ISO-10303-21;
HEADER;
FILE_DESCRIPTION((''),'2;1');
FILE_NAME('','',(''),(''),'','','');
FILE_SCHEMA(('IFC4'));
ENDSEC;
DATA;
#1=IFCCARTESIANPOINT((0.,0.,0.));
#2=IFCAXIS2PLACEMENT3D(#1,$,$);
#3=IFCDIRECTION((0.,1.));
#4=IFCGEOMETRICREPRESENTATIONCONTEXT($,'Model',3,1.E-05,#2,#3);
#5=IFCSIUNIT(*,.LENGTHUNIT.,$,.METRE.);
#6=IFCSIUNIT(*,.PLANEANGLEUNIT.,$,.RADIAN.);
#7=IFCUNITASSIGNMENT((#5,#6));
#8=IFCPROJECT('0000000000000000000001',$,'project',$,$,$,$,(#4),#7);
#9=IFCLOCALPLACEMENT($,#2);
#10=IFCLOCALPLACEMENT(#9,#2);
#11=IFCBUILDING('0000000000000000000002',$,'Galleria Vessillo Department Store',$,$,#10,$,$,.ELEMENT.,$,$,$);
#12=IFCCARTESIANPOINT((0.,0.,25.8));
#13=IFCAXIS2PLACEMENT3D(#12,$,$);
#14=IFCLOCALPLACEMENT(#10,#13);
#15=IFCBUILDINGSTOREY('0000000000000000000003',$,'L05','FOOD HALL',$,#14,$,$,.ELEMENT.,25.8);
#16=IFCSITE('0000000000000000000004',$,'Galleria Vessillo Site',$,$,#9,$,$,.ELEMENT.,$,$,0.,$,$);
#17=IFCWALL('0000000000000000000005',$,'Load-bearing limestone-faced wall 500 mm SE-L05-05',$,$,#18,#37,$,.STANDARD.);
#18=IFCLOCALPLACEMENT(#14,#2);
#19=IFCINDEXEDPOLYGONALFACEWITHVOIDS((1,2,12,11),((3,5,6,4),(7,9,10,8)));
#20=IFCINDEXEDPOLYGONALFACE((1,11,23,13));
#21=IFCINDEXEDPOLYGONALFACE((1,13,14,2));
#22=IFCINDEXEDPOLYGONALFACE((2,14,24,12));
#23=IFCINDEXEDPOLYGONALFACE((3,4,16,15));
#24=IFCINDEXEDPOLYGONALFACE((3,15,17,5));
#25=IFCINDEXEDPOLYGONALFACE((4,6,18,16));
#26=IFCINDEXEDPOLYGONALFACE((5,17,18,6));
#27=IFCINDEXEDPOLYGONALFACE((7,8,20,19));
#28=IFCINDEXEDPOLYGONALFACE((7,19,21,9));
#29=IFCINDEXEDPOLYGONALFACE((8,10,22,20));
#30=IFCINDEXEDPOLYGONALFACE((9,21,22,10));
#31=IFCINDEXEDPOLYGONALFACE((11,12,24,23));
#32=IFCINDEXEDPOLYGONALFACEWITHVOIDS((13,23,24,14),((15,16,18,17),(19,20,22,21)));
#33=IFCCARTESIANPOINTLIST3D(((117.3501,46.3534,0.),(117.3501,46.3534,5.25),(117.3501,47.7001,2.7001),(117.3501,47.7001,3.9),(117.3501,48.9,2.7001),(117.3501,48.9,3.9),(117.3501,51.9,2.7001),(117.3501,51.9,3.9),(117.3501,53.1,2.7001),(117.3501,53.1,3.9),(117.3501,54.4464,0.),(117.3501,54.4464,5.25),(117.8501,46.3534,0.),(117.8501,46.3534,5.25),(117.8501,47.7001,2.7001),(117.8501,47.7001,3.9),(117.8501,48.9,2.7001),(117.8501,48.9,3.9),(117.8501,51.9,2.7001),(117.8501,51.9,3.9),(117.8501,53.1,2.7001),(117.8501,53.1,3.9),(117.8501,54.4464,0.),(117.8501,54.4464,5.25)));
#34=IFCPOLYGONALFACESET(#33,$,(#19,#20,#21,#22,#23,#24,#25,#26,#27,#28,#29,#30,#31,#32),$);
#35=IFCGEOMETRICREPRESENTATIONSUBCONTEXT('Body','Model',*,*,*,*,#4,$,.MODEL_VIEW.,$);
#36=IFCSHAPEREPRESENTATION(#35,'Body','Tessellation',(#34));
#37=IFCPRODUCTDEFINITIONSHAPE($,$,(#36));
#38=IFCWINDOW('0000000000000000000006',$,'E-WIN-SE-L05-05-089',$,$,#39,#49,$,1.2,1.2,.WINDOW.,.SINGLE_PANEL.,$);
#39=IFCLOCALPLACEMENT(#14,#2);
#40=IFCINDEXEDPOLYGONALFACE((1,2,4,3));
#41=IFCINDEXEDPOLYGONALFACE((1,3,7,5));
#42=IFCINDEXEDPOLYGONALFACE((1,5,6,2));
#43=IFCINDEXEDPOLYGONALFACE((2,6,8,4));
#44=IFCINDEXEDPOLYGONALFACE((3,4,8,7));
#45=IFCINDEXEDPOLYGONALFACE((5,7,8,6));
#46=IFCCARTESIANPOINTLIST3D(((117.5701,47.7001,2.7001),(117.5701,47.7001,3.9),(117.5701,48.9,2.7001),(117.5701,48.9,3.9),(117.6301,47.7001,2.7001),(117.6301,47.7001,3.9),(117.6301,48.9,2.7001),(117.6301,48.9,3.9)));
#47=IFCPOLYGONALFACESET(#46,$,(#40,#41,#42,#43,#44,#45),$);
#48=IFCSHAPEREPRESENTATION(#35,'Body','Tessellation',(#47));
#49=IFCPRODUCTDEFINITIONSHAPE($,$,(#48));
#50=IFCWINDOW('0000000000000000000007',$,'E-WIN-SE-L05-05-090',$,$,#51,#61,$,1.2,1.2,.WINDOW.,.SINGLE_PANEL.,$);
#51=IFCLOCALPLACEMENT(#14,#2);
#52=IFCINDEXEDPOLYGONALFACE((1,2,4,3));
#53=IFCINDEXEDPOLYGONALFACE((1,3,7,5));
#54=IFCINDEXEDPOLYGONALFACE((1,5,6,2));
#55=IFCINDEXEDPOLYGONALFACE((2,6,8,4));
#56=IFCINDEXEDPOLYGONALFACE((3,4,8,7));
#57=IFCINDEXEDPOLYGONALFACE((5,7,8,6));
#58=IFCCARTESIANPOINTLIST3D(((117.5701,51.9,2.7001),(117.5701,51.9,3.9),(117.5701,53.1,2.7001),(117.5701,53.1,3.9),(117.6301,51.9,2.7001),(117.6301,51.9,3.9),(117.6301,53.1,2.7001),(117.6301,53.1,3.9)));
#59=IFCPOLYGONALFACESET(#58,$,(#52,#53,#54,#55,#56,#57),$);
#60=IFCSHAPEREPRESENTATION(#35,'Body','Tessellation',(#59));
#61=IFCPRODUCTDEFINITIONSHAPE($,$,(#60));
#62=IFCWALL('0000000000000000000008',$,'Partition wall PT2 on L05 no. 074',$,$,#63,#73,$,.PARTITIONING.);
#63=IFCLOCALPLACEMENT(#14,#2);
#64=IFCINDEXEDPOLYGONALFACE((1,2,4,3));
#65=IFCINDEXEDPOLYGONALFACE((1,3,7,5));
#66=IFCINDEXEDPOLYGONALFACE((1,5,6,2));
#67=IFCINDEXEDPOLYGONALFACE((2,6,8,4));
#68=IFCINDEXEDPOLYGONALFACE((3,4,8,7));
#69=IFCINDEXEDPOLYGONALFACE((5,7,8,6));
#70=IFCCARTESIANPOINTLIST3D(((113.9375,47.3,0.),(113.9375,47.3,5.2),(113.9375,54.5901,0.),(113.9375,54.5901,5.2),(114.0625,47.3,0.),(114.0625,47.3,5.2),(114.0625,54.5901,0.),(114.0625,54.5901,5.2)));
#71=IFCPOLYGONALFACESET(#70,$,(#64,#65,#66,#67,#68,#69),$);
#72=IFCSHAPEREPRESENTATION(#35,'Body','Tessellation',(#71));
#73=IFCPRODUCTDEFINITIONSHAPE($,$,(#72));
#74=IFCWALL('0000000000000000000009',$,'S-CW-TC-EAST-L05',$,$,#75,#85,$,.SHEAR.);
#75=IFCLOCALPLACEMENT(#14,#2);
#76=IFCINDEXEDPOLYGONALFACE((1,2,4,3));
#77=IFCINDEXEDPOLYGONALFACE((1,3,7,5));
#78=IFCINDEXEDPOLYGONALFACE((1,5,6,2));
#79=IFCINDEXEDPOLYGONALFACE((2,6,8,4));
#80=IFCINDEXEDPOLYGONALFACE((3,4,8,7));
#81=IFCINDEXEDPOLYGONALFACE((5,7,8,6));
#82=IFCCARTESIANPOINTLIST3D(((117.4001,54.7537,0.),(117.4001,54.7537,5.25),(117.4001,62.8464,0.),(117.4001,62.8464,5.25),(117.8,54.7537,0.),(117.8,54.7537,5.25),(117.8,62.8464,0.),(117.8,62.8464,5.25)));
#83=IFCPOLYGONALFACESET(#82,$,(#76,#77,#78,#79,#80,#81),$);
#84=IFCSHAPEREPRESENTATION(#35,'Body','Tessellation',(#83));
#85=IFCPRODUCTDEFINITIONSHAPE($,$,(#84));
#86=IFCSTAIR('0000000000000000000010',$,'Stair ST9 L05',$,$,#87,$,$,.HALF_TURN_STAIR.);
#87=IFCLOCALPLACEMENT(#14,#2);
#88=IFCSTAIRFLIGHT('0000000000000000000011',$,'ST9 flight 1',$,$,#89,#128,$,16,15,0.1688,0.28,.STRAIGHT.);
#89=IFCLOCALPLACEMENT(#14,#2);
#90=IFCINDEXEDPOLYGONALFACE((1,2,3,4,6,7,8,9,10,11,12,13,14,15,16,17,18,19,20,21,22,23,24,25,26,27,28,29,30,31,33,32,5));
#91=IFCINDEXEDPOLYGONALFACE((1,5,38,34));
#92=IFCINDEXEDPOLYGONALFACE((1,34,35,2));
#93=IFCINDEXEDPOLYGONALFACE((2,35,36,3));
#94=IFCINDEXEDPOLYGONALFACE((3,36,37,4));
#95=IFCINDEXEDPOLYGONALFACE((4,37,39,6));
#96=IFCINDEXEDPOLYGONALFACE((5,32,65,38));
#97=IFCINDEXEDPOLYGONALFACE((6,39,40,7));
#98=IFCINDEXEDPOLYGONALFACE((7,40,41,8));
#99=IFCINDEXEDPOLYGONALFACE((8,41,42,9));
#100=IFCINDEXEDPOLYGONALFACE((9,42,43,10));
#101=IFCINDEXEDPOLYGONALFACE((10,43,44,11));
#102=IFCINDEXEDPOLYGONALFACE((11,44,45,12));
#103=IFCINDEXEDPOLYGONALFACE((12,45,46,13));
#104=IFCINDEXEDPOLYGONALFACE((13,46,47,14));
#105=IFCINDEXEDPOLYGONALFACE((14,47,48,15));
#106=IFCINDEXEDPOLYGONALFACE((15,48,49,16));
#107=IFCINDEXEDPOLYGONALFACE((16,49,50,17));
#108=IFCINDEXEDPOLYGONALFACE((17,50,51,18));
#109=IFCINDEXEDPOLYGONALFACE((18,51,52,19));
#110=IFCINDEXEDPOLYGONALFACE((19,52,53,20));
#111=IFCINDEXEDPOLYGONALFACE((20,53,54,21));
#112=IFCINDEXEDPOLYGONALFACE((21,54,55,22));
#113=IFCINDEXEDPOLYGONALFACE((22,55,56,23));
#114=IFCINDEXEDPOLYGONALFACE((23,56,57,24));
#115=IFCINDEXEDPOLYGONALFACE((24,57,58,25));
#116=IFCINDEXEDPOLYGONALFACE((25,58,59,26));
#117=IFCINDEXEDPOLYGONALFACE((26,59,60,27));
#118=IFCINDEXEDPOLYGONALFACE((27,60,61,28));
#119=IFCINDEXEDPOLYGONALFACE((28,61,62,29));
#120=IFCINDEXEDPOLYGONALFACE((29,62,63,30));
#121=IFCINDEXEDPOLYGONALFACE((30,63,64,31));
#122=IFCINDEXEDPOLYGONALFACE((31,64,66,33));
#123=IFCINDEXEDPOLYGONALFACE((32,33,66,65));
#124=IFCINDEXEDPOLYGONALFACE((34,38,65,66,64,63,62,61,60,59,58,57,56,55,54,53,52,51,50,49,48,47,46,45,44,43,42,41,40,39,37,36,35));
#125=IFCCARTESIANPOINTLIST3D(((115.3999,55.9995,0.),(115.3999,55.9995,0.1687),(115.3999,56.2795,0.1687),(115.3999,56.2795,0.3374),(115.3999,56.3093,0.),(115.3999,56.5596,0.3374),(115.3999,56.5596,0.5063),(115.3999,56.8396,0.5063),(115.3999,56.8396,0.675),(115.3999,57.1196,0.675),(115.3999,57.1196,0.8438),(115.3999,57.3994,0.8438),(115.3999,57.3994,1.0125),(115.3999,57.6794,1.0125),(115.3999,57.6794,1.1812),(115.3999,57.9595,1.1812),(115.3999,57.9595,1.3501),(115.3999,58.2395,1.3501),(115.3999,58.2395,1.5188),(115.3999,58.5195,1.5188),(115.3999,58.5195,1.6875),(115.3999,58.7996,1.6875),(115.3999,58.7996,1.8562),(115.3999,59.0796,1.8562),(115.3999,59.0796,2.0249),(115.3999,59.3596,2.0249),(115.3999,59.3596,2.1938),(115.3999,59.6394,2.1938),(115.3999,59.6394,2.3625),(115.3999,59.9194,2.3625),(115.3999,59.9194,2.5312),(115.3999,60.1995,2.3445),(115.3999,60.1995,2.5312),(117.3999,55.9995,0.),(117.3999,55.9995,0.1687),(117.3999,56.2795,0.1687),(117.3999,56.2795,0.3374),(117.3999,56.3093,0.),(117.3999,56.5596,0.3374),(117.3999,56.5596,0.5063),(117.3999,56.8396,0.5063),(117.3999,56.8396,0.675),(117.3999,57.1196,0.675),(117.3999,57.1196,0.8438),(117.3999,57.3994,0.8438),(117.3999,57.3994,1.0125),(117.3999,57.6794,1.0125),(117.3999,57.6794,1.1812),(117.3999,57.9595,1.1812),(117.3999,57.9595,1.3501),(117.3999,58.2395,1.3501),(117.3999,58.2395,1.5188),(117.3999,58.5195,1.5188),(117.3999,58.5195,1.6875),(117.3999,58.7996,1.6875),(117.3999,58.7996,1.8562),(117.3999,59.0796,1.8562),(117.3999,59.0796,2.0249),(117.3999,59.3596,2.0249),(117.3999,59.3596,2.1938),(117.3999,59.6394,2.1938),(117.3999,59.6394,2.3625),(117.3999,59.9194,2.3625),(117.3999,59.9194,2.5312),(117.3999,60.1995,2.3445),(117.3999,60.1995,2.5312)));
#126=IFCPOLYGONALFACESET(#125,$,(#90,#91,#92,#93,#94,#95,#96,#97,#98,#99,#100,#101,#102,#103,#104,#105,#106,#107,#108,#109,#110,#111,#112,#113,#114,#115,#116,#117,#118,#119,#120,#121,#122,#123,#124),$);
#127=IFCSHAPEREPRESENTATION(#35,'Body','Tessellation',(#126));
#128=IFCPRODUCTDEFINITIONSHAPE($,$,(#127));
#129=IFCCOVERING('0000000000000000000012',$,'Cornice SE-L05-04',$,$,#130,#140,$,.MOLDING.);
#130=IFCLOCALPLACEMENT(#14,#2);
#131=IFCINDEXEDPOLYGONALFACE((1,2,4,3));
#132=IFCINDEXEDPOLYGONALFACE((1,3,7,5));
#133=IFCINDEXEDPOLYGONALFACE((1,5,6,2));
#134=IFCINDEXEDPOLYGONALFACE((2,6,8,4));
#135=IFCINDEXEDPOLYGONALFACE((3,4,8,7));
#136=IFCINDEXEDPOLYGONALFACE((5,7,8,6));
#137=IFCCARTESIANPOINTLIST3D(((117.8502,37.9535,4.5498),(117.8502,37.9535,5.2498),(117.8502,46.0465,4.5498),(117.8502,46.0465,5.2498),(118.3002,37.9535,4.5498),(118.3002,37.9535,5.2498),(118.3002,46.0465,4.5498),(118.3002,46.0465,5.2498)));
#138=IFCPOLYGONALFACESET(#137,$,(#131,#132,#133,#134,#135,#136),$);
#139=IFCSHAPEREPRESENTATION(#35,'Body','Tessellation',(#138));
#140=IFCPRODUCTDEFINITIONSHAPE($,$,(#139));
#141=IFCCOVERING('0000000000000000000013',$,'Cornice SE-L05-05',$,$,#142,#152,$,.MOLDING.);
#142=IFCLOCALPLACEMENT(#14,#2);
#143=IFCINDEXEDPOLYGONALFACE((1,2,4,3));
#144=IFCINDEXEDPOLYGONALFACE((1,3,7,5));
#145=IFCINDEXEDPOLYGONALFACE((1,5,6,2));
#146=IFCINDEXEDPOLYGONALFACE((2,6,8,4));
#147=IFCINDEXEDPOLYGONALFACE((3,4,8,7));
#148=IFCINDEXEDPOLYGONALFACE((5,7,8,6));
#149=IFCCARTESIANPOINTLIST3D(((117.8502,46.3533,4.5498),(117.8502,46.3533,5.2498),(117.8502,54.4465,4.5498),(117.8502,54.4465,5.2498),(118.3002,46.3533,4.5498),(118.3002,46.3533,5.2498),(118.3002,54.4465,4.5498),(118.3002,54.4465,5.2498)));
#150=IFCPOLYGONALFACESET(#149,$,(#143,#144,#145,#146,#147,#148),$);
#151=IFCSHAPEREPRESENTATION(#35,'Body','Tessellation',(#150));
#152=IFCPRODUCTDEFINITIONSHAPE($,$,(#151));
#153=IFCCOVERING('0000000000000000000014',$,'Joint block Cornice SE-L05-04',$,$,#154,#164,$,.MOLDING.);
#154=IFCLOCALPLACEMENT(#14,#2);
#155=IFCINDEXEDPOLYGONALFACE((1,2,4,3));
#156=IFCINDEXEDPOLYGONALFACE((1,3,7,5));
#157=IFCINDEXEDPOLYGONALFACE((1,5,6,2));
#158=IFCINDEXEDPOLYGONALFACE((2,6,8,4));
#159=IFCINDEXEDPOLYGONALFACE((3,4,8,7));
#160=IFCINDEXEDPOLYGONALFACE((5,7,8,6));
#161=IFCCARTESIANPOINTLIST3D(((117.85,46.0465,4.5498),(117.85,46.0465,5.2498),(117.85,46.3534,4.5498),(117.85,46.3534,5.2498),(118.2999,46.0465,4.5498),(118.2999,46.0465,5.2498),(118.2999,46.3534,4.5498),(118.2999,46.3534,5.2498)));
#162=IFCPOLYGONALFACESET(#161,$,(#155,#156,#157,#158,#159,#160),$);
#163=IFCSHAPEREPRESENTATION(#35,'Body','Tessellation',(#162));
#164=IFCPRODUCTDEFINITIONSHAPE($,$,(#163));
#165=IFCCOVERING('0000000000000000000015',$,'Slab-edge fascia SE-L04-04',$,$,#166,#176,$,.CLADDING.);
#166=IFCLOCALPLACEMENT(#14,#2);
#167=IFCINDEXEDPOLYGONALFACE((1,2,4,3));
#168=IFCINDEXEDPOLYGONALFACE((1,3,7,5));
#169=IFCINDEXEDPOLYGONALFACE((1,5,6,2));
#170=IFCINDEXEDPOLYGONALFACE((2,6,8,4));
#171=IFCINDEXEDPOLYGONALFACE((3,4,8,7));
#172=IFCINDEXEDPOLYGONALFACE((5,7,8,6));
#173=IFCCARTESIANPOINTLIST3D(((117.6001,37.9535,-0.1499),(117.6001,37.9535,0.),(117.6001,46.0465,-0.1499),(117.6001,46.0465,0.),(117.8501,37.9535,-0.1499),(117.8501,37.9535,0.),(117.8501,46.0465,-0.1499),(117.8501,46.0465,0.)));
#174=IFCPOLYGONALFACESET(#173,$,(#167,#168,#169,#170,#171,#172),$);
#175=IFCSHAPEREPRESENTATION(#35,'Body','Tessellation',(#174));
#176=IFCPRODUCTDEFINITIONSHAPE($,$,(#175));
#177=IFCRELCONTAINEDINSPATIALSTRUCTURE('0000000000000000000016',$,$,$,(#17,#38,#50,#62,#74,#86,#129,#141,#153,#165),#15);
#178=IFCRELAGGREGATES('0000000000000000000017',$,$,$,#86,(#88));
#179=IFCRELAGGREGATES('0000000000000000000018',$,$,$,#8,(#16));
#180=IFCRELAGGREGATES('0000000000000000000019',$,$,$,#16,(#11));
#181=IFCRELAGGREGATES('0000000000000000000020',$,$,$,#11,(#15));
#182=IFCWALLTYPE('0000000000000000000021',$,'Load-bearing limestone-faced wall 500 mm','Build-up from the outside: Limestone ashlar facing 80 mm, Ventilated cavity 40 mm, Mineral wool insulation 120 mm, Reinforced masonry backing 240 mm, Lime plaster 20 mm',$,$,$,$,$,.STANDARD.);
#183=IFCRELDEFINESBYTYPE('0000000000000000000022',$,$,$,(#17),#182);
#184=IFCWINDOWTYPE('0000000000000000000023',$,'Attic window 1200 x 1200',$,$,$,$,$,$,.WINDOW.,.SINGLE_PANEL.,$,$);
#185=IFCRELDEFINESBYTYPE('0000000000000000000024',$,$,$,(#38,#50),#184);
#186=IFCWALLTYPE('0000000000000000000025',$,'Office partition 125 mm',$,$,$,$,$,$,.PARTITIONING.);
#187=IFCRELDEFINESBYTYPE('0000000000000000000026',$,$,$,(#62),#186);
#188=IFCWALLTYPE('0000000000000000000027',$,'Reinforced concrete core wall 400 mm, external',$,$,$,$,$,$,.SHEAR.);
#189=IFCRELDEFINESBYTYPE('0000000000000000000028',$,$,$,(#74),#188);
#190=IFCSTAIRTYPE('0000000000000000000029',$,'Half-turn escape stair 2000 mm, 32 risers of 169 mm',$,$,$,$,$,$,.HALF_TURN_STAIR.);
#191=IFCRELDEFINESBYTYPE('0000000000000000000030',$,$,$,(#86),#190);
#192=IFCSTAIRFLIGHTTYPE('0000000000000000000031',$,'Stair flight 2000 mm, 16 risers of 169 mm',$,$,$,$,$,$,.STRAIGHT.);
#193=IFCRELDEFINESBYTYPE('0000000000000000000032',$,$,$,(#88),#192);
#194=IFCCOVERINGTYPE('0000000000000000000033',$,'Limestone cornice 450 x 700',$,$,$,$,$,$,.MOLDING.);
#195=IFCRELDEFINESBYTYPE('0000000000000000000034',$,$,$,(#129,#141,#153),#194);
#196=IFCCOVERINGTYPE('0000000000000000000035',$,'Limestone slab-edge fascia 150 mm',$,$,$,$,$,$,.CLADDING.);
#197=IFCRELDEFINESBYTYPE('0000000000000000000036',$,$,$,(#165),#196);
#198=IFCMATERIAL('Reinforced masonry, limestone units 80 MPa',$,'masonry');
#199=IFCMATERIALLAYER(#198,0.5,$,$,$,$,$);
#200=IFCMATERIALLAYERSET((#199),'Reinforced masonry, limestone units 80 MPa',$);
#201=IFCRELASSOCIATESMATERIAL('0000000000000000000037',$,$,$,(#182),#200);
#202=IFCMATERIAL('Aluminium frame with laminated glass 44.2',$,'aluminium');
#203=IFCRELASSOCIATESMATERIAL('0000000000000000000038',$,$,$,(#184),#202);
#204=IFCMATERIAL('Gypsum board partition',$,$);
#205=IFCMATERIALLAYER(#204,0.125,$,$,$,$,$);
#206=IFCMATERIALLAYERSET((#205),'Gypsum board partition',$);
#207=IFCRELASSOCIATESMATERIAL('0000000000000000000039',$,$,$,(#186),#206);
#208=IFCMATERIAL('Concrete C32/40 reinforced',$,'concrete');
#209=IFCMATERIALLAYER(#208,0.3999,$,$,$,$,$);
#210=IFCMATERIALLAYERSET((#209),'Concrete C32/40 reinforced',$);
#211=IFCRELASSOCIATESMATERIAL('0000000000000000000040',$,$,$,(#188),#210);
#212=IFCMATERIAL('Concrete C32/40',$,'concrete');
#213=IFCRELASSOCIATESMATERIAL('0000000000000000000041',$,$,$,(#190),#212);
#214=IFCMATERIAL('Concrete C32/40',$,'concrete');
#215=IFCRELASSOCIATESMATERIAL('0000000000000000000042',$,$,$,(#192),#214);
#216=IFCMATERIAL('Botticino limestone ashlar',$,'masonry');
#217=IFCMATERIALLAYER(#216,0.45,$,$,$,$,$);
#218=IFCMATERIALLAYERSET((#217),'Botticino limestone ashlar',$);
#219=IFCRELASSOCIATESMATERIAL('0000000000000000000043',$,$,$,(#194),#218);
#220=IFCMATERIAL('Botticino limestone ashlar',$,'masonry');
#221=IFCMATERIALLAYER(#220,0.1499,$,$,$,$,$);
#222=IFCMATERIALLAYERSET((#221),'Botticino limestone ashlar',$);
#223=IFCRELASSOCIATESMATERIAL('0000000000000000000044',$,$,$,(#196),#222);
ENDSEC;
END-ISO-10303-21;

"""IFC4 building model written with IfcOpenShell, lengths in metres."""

from ifc_helpers import new_model, si_unit, direction, frame, frame_2d, origin, origin_2d, place, context, subcontext, project, spatial, polyline, rectangle, outline, extrude, material, layer, layer_set, type_object, element, fill, aggregate, save


model = new_model("IFC4")

# Units and contexts
model_context = context("Model", 3, precision=1e-05, world=origin(), true_north=direction((0.0, 1.0)))
body_context = subcontext(model_context, "Body", "Model", "MODEL_VIEW")
ifc_project = project(units=[si_unit("LENGTHUNIT", "METRE"), si_unit("PLANEANGLEUNIT", "RADIAN")], contexts=[model_context])

# Site, building, storey
site_placement = place(None, origin())
site = spatial("IfcSite", under=ifc_project, at=site_placement, Name="Galleria Vessillo Site", CompositionType="ELEMENT", RefElevation=0.0)
building_placement = place(site_placement, origin())
building = spatial("IfcBuilding", under=site, at=building_placement, Name="Galleria Vessillo Department Store", CompositionType="ELEMENT")
storey_placement = place(building_placement, frame((0.0, 0.0, 25.8)))
storey = spatial("IfcBuildingStorey", under=building, at=storey_placement, Name="L05", Description="FOOD HALL", CompositionType="ELEMENT", Elevation=25.8)

# Wall, openings, windows
ifc_material_1 = material(Name="Reinforced masonry, limestone units 80 MPa", Category="masonry")
ifc_layer_1 = layer(ifc_material_1, 0.5)
ifc_layer_set_1 = layer_set([ifc_layer_1], Name="Reinforced masonry, limestone units 80 MPa")
wall_type_1 = type_object("IfcWallType", Name="Load-bearing limestone-faced wall 500 mm", Description="Build-up from the outside: Limestone ashlar facing 80 mm, Ventilated cavity 40 mm, Mineral wool insulation 120 mm, Reinforced masonry backing 240 mm, Lime plaster 20 mm", PredefinedType="STANDARD", material=ifc_layer_set_1)
wall_1_placement = place(storey_placement, frame((117.6001, 46.3535, 0.0), z_axis=(0.0, 0.0, 1.0), x_axis=(0.0, 1.0, 0.0)))
wall_1 = element("IfcWall", 1, at=wall_1_placement, inside=storey, type_object=wall_type_1, Name="Load-bearing limestone-faced wall 500 mm SE-L05-05", PredefinedType="STANDARD", context=body_context, shape_type="SweptSolid", body=[
    extrude(rectangle(XDim=8.093, YDim=0.5, at=frame_2d((4.0464, 0.0))), origin(), (0.0, 0.0, 1.0), 5.25),
])
opening_1_placement = place(wall_1_placement, frame((1.3464, 0.0, 2.7)))
opening_1 = element("IfcOpeningElement", 2, at=opening_1_placement, cuts=wall_1, PredefinedType="OPENING", context=body_context, shape_type="SweptSolid", body=[
    extrude(rectangle(XDim=1.2, YDim=1.2, at=frame_2d((0.6001, 0.6001))), frame((0.0, 0.26, 0.0), z_axis=(0.0, -1.0, 0.0), x_axis=(1.0, 0.0, 0.0)), (0.0, 0.0, 1.0), 0.52),
])
opening_2_placement = place(wall_1_placement, frame((5.5464, 0.0, 2.7)))
opening_2 = element("IfcOpeningElement", 3, at=opening_2_placement, cuts=wall_1, PredefinedType="OPENING", context=body_context, shape_type="SweptSolid", body=[
    extrude(rectangle(XDim=1.2, YDim=1.2, at=frame_2d((0.6001, 0.6001))), frame((0.0, 0.26, 0.0), z_axis=(0.0, -1.0, 0.0), x_axis=(1.0, 0.0, 0.0)), (0.0, 0.0, 1.0), 0.52),
])
ifc_material_2 = material(Name="Aluminium frame with laminated glass 44.2", Category="aluminium")
window_type = type_object("IfcWindowType", Name="Attic window 1200 x 1200", PartitioningType="SINGLE_PANEL", PredefinedType="WINDOW", material=ifc_material_2)
window_1_placement = place(opening_1_placement, origin())
window_1 = element("IfcWindow", 4, at=window_1_placement, inside=storey, type_object=window_type, Name="E-WIN-SE-L05-05-089", OverallHeight=1.2, OverallWidth=1.2, PartitioningType="SINGLE_PANEL", PredefinedType="WINDOW", context=body_context, shape_type="SweptSolid", body=[
    extrude(rectangle(XDim=1.2, YDim=1.2, at=frame_2d((0.6001, 0.6001))), frame((0.0, 0.03, 0.0), z_axis=(0.0, -1.0, 0.0), x_axis=(1.0, 0.0, 0.0)), (0.0, 0.0, 1.0), 0.0601),
])
fill(opening_1, window_1)
window_2_placement = place(opening_2_placement, origin())
window_2 = element("IfcWindow", 5, at=window_2_placement, inside=storey, type_object=window_type, Name="E-WIN-SE-L05-05-090", OverallHeight=1.2, OverallWidth=1.2, PartitioningType="SINGLE_PANEL", PredefinedType="WINDOW", context=body_context, shape_type="SweptSolid", body=[
    extrude(rectangle(XDim=1.2, YDim=1.2, at=frame_2d((0.6001, 0.6001))), frame((0.0, 0.03, 0.0), z_axis=(0.0, -1.0, 0.0), x_axis=(1.0, 0.0, 0.0)), (0.0, 0.0, 1.0), 0.0601),
])
fill(opening_2, window_2)

# Walls
ifc_material_3 = material(Name="Gypsum board partition")
ifc_layer_2 = layer(ifc_material_3, 0.125)
ifc_layer_set_2 = layer_set([ifc_layer_2], Name="Gypsum board partition")
wall_type_2 = type_object("IfcWallType", Name="Office partition 125 mm", PredefinedType="PARTITIONING", material=ifc_layer_set_2)
wall_2_placement = place(storey_placement, frame((114.0, 47.3, 0.0), z_axis=(0.0, 0.0, 1.0), x_axis=(0.0, 1.0, 0.0)))
element("IfcWall", 6, at=wall_2_placement, inside=storey, type_object=wall_type_2, Name="Partition wall PT2 on L05 no. 074", PredefinedType="PARTITIONING", context=body_context, shape_type="SweptSolid", body=[
    extrude(rectangle(XDim=7.29, YDim=0.125, at=frame_2d((3.645, 0.0))), origin(), (0.0, 0.0, 1.0), 5.2),
])
ifc_material_4 = material(Name="Concrete C32/40 reinforced", Category="concrete")
ifc_layer_3 = layer(ifc_material_4, 0.3999)
ifc_layer_set_3 = layer_set([ifc_layer_3], Name="Concrete C32/40 reinforced")
wall_type_3 = type_object("IfcWallType", Name="Reinforced concrete core wall 400 mm, external", PredefinedType="SHEAR", material=ifc_layer_set_3)
wall_3_placement = place(storey_placement, frame((117.6001, 54.7537, 0.0), z_axis=(0.0, 0.0, 1.0), x_axis=(0.0, 1.0, 0.0)))
element("IfcWall", 7, at=wall_3_placement, inside=storey, type_object=wall_type_3, Name="S-CW-TC-EAST-L05", PredefinedType="SHEAR", context=body_context, shape_type="SweptSolid", body=[
    extrude(rectangle(XDim=8.0928, YDim=0.3999, at=frame_2d((4.0464, 0.0))), origin(), (0.0, 0.0, 1.0), 5.25),
])

# Stair, stair flight
ifc_material_5 = material(Name="Concrete C32/40", Category="concrete")
stair_type = type_object("IfcStairType", Name="Half-turn escape stair 2000 mm, 32 risers of 169 mm", PredefinedType="HALF_TURN_STAIR", material=ifc_material_5)
stair_placement = place(storey_placement, origin())
stair = element("IfcStair", 8, at=stair_placement, inside=storey, type_object=stair_type, Name="Stair ST9 L05", PredefinedType="HALF_TURN_STAIR")
ifc_material_6 = material(Name="Concrete C32/40", Category="concrete")
stair_flight_type = type_object("IfcStairFlightType", Name="Stair flight 2000 mm, 16 risers of 169 mm", PredefinedType="STRAIGHT", material=ifc_material_6)
stair_flight_placement = place(storey_placement, frame((116.3999, 55.9995, 0.0), z_axis=(0.0, 0.0, 1.0), x_axis=(0.0, 1.0, 0.0)))
stair_flight = element("IfcStairFlight", 9, at=stair_flight_placement, type_object=stair_flight_type, Name="ST9 flight 1", NumberOfRisers=16, NumberOfTreads=15, PredefinedType="STRAIGHT", RiserHeight=0.1688, TreadLength=0.28, context=body_context, shape_type="SweptSolid", body=[
    extrude(outline(polyline([(0.0, 0.0), (0.0, 0.1687), (0.28, 0.1687), (0.28, 0.3374), (0.5601, 0.3374), (0.5601, 0.5063), (0.8401, 0.5063), (0.8401, 0.675), (1.1201, 0.675), (1.1201, 0.8438), (1.3999, 0.8438), (1.3999, 1.0125), (1.6799, 1.0125), (1.6799, 1.1812), (1.96, 1.1812), (1.96, 1.3501), (2.24, 1.3501), (2.24, 1.5188), (2.52, 1.5188), (2.52, 1.6875), (2.8, 1.6875), (2.8, 1.8562), (3.0801, 1.8562), (3.0801, 2.0249), (3.3601, 2.0249), (3.3601, 2.1938), (3.6399, 2.1938), (3.6399, 2.3625), (3.9199, 2.3625), (3.9199, 2.5312), (4.2, 2.5312), (4.2, 2.7), (4.2, 2.3445), (0.3098, 0.0), (0.0, 0.0)])), frame((0.0, 1.0, 0.0), z_axis=(0.0, -1.0, 0.0), x_axis=(1.0, 0.0, 0.0)), (0.0, 0.0, 1.0), 2.0),
])
aggregate(stair, [stair_flight])

# Coverings
ifc_material_7 = material(Name="Botticino limestone ashlar", Category="masonry")
ifc_layer_4 = layer(ifc_material_7, 0.45)
ifc_layer_set_4 = layer_set([ifc_layer_4], Name="Botticino limestone ashlar")
covering_type_1 = type_object("IfcCoveringType", Name="Limestone cornice 450 x 700", PredefinedType="MOLDING", material=ifc_layer_set_4)
covering_1_placement = place(storey_placement, frame((118.0752, 42.0, 4.5498), z_axis=(0.0, 0.0, 1.0), x_axis=(1.0, 0.0, 0.0)))
element("IfcCovering", 10, at=covering_1_placement, inside=storey, type_object=covering_type_1, Name="Cornice SE-L05-04", PredefinedType="MOLDING", context=body_context, shape_type="SweptSolid", body=[
    extrude(rectangle(XDim=0.45, YDim=8.093, at=origin_2d()), origin(), (0.0, 0.0, 1.0), 0.7),
])
covering_2_placement = place(storey_placement, frame((118.0752, 50.3999, 4.5498), z_axis=(0.0, 0.0, 1.0), x_axis=(1.0, 0.0, 0.0)))
element("IfcCovering", 11, at=covering_2_placement, inside=storey, type_object=covering_type_1, Name="Cornice SE-L05-05", PredefinedType="MOLDING", context=body_context, shape_type="SweptSolid", body=[
    extrude(rectangle(XDim=0.45, YDim=8.0933, at=origin_2d()), origin(), (0.0, 0.0, 1.0), 0.7),
])
covering_3_placement = place(storey_placement, frame((118.075, 46.2, 4.5498), z_axis=(0.0, 0.0, 1.0), x_axis=(1.0, 0.0, 0.0)))
element("IfcCovering", 12, at=covering_3_placement, inside=storey, type_object=covering_type_1, Name="Joint block Cornice SE-L05-04", PredefinedType="MOLDING", context=body_context, shape_type="SweptSolid", body=[
    extrude(rectangle(XDim=0.45, YDim=0.3069, at=origin_2d()), origin(), (0.0, 0.0, 1.0), 0.7),
])
ifc_material_8 = material(Name="Botticino limestone ashlar", Category="masonry")
ifc_layer_5 = layer(ifc_material_8, 0.1499)
ifc_layer_set_5 = layer_set([ifc_layer_5], Name="Botticino limestone ashlar")
covering_type_2 = type_object("IfcCoveringType", Name="Limestone slab-edge fascia 150 mm", PredefinedType="CLADDING", material=ifc_layer_set_5)
covering_4_placement = place(storey_placement, frame((117.7251, 42.0, -0.1499), z_axis=(0.0, 0.0, 1.0), x_axis=(1.0, 0.0, 0.0)))
element("IfcCovering", 13, at=covering_4_placement, inside=storey, type_object=covering_type_2, Name="Slab-edge fascia SE-L04-04", PredefinedType="CLADDING", context=body_context, shape_type="SweptSolid", body=[
    extrude(rectangle(XDim=0.25, YDim=8.093, at=origin_2d()), origin(), (0.0, 0.0, 1.0), 0.1499),
])

save(model, "model.ifc")
